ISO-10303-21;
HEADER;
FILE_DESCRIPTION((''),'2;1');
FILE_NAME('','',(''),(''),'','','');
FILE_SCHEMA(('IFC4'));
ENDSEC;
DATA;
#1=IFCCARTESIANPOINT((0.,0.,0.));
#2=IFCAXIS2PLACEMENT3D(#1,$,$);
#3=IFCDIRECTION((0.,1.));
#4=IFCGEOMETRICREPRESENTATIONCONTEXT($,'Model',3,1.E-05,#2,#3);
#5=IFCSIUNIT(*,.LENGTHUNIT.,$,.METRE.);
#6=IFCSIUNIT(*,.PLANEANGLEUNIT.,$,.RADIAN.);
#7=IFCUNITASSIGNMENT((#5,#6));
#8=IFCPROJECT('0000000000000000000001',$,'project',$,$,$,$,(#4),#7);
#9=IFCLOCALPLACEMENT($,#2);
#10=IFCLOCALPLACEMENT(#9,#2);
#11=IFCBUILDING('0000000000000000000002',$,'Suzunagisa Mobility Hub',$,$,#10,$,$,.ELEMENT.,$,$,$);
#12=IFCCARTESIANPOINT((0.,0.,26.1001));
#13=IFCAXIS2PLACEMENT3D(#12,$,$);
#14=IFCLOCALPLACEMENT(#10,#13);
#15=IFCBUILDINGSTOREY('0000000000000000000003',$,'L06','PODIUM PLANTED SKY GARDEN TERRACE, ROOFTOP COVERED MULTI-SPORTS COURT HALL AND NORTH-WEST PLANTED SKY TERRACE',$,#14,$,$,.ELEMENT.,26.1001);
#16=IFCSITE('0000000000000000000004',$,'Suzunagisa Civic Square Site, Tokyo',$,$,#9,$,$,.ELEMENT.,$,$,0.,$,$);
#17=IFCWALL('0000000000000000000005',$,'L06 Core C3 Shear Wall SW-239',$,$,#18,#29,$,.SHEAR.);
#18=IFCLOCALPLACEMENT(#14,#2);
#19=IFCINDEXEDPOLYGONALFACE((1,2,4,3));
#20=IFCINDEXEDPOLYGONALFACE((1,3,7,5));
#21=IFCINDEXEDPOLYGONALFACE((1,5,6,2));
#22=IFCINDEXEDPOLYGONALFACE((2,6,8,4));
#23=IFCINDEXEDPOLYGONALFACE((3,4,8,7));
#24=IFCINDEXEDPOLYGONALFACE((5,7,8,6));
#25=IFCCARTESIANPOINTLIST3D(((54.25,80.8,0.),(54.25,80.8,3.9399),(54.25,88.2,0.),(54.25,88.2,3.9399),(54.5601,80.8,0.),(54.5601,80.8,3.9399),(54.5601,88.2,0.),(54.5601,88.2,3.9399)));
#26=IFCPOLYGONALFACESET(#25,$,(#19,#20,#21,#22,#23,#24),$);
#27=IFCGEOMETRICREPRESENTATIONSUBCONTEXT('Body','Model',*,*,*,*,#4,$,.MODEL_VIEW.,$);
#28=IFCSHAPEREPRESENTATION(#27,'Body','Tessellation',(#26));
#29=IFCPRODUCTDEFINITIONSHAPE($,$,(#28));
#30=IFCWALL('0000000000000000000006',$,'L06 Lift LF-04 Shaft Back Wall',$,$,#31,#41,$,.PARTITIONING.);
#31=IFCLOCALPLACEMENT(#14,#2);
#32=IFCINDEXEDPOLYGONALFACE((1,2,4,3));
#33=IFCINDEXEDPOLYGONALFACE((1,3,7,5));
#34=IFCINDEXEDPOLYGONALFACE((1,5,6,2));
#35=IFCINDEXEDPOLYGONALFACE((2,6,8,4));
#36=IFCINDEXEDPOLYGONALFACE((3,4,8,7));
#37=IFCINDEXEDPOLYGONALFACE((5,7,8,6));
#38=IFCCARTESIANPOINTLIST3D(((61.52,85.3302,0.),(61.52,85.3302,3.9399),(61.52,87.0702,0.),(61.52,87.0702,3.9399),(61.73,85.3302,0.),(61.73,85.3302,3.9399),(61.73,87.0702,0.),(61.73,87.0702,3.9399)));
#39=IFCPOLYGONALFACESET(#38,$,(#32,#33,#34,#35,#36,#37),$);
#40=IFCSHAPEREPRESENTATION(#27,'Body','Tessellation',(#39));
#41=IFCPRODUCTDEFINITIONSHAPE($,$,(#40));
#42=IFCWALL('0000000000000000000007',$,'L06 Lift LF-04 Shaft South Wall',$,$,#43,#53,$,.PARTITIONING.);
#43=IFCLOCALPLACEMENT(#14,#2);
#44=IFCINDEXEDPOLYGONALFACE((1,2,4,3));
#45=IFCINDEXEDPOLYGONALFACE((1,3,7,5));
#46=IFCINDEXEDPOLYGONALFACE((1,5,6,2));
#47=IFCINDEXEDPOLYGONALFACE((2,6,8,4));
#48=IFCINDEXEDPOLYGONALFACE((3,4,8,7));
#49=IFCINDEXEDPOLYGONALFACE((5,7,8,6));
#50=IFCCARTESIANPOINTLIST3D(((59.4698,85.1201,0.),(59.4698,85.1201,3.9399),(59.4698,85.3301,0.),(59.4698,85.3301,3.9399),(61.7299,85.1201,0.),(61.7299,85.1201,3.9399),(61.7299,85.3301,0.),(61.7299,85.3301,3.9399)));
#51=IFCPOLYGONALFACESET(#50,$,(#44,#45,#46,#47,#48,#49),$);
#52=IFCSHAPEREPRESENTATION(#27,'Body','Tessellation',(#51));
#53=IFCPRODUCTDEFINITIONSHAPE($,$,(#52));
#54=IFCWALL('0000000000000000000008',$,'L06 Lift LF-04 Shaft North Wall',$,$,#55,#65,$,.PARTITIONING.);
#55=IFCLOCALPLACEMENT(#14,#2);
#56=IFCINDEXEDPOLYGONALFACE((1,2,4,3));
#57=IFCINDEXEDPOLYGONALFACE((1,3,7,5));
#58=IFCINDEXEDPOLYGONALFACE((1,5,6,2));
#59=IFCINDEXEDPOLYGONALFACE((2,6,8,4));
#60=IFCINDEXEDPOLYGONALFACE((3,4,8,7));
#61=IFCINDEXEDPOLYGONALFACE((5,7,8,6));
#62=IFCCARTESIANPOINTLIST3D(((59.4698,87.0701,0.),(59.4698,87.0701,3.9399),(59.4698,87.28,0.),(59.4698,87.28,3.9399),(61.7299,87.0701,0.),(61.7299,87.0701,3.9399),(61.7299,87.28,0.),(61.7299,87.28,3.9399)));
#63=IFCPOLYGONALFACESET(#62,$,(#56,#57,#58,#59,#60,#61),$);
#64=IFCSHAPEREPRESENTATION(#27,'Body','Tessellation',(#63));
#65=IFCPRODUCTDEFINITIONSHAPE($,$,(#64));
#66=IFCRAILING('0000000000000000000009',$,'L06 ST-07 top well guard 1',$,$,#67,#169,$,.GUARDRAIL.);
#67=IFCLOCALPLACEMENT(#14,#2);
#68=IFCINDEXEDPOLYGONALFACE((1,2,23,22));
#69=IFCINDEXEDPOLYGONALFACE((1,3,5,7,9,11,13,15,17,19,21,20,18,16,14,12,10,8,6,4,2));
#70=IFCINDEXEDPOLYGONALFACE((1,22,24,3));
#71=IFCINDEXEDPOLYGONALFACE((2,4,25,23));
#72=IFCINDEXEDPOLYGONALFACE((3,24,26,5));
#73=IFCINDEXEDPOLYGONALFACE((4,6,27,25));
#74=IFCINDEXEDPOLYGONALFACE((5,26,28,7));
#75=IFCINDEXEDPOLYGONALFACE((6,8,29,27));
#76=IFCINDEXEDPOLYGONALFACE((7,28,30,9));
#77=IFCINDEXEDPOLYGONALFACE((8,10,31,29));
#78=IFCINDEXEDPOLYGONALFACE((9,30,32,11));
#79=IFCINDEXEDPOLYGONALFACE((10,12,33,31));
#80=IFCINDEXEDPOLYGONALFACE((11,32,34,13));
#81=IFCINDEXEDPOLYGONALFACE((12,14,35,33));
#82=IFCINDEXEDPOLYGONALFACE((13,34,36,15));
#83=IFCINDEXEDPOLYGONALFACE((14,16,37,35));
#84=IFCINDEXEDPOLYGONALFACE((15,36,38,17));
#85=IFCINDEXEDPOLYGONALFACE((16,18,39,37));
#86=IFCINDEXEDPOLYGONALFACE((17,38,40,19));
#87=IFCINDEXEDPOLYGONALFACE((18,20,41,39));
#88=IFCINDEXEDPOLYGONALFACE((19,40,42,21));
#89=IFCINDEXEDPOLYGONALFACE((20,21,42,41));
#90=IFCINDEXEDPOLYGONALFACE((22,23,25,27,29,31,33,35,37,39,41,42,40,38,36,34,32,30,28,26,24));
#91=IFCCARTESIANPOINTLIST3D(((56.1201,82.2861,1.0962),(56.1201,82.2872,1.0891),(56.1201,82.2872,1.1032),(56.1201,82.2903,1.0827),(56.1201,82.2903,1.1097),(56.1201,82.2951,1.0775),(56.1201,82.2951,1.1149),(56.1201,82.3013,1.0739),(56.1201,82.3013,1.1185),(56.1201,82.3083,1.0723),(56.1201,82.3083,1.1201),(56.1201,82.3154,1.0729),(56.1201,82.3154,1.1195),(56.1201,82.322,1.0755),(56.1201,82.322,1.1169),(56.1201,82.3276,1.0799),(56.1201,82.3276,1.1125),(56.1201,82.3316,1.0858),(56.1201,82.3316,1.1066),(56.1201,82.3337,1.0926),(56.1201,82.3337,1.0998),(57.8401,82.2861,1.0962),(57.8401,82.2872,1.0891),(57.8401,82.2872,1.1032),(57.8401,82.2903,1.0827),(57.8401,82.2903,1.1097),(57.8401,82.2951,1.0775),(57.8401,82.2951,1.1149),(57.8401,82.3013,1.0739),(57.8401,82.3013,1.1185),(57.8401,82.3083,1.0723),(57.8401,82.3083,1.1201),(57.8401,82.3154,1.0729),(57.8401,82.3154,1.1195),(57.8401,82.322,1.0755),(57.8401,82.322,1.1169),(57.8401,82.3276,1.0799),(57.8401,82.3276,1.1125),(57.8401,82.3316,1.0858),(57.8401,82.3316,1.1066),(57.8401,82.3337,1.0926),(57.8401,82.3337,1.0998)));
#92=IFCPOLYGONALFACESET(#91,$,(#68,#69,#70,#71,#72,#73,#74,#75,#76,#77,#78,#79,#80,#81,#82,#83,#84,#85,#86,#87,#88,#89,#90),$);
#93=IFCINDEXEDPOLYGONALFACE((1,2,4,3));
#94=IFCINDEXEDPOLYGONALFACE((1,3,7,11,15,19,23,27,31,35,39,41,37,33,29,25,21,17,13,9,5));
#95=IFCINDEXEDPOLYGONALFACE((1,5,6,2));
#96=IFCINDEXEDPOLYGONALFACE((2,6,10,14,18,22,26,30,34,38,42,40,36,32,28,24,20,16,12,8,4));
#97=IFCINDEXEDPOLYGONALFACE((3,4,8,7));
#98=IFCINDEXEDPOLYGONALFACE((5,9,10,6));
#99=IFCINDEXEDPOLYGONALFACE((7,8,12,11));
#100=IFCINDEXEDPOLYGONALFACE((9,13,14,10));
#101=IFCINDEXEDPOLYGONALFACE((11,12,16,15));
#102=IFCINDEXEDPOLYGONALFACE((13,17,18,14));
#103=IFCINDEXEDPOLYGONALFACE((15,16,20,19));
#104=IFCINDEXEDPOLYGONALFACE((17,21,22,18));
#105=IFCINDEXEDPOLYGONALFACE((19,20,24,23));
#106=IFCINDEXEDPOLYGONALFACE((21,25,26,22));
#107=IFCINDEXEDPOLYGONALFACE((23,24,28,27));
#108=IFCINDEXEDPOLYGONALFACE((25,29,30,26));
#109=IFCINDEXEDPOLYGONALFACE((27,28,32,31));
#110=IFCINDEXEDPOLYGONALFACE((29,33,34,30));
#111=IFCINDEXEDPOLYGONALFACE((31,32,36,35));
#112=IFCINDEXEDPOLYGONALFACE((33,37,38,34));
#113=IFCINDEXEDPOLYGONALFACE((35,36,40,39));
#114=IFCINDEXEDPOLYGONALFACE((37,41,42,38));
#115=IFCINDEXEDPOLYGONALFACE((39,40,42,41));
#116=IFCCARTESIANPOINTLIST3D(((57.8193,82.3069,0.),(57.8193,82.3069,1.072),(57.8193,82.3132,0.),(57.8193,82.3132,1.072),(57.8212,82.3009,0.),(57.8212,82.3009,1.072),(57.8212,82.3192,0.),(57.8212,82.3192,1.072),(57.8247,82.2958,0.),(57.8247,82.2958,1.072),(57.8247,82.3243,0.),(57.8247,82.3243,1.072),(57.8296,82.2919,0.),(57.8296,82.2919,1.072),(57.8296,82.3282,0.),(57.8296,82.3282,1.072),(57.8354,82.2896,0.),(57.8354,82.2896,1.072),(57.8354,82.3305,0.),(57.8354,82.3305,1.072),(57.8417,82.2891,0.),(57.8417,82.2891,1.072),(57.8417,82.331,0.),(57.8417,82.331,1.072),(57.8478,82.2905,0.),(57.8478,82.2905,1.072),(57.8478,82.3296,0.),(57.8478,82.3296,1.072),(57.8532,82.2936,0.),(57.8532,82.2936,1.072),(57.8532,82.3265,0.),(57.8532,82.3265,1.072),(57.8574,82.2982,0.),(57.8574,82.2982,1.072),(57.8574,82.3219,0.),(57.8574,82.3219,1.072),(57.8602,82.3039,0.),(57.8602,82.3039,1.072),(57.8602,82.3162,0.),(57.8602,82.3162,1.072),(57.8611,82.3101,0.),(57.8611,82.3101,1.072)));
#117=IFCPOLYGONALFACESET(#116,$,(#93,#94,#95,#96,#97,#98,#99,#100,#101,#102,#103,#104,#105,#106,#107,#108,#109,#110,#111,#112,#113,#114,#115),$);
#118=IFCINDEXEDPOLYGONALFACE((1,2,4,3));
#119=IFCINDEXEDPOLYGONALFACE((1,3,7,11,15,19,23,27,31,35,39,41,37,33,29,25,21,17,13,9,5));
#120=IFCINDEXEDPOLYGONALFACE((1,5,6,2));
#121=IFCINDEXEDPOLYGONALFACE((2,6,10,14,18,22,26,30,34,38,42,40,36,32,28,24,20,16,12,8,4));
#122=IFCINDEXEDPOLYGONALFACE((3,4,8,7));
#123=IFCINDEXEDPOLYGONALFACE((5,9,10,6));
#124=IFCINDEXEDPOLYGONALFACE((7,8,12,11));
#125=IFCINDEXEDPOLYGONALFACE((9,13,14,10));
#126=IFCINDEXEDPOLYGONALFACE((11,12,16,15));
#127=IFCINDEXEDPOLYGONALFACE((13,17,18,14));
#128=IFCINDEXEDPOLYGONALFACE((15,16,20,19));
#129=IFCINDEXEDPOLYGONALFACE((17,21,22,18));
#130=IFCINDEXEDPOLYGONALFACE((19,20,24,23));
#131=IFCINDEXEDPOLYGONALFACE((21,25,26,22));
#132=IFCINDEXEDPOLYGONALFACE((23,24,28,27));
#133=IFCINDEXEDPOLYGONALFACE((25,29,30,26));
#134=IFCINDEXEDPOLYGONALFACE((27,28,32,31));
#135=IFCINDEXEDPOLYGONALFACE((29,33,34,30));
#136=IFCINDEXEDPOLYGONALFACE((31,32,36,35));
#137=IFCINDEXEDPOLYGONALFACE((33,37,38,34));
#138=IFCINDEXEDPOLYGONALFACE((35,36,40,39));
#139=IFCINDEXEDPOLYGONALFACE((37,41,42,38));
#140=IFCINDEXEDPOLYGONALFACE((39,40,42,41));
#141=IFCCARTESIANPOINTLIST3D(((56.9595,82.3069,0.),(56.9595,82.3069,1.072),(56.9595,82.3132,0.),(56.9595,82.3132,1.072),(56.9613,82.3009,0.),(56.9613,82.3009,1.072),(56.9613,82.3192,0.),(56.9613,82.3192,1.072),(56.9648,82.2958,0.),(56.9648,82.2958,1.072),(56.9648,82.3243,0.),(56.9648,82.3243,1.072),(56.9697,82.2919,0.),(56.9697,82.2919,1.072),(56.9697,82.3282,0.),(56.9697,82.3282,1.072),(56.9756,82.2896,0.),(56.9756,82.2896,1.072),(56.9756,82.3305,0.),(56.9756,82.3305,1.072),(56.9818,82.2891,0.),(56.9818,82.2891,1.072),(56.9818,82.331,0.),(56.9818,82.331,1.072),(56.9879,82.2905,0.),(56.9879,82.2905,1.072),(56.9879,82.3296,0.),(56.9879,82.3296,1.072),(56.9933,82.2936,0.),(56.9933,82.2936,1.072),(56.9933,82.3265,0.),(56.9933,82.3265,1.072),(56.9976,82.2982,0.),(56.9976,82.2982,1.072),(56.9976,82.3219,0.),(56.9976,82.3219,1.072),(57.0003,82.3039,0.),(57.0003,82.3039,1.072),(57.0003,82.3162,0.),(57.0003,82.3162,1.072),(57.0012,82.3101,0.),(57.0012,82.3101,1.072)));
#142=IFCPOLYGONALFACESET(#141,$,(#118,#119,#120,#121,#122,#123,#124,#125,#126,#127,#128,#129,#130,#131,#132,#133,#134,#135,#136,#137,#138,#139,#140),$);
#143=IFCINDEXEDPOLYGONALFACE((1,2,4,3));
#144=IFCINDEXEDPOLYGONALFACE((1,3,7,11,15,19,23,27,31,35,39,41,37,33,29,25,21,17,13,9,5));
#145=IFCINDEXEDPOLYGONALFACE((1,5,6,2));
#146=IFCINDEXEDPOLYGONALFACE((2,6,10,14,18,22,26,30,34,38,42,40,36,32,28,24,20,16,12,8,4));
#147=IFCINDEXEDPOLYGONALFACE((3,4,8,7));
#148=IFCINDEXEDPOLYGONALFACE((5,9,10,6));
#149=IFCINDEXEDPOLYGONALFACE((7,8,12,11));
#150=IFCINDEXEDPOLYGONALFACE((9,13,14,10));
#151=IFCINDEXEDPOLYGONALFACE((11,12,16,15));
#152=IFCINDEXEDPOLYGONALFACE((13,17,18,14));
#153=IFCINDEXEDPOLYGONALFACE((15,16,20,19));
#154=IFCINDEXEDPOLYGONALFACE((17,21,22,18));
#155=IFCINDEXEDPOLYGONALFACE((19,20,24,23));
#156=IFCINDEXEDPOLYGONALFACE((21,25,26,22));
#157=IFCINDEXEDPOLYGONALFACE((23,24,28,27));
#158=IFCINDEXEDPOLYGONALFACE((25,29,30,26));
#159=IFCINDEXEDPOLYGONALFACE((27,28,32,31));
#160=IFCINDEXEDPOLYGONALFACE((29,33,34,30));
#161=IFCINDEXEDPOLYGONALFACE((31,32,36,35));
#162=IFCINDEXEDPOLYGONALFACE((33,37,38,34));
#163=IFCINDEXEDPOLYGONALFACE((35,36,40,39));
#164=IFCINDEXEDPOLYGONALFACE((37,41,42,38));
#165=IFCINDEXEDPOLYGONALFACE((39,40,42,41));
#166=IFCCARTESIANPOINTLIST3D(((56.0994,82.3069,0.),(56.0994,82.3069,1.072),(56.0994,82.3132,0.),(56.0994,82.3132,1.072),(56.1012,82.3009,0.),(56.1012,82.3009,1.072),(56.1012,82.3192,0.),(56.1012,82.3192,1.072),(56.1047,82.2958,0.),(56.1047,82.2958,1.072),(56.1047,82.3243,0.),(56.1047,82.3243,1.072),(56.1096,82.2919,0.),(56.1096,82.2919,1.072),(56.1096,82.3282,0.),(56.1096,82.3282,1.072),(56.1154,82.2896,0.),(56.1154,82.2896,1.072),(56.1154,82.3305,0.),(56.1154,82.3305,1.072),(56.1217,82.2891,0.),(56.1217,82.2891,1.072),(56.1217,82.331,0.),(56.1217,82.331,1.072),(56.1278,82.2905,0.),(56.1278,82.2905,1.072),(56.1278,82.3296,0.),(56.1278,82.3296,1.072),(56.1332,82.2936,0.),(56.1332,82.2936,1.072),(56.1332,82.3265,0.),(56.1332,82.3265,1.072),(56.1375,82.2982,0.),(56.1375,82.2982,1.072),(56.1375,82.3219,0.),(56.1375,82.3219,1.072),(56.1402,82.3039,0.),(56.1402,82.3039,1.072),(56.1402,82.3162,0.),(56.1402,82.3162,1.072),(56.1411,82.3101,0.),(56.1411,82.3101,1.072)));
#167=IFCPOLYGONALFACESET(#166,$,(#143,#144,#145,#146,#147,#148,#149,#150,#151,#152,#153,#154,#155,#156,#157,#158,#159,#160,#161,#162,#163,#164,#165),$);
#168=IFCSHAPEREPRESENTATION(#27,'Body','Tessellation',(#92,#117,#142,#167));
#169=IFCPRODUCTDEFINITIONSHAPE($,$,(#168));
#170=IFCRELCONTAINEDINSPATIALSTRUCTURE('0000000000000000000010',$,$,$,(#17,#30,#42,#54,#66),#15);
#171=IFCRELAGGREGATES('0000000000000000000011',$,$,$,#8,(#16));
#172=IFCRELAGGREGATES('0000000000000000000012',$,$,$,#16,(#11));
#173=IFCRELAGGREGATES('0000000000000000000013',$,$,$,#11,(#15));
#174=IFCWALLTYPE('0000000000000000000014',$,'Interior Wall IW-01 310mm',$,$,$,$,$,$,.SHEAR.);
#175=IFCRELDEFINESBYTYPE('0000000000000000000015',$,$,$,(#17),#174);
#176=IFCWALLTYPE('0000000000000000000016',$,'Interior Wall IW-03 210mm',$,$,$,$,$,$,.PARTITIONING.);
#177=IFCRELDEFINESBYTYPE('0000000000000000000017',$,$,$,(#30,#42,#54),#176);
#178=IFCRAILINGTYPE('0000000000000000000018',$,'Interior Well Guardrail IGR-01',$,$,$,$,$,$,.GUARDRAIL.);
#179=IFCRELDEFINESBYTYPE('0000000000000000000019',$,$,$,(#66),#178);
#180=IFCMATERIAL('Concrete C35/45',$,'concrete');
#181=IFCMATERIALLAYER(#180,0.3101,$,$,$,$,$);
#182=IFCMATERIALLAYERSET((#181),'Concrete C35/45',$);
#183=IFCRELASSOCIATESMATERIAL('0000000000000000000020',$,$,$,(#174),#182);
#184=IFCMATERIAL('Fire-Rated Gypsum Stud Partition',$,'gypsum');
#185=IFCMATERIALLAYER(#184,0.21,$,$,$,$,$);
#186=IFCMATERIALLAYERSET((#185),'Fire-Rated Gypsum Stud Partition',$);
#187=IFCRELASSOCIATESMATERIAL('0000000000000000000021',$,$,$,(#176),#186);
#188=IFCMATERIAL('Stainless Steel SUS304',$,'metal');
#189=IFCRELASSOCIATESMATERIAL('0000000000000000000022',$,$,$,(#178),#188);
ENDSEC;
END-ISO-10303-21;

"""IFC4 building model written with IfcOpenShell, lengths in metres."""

from ifc_helpers import new_model, si_unit, direction, frame, frame_2d, origin, origin_2d, place, context, subcontext, project, spatial, rectangle, circle, extrude, material, layer, layer_set, type_object, element, save


model = new_model("IFC4")

# Units and contexts
model_context = context("Model", 3, precision=1e-05, world=origin(), true_north=direction((0.0, 1.0)))
body_context = subcontext(model_context, "Body", "Model", "MODEL_VIEW")
ifc_project = project(units=[si_unit("LENGTHUNIT", "METRE"), si_unit("PLANEANGLEUNIT", "RADIAN")], contexts=[model_context])

# Site, building, storey
site_placement = place(None, origin())
site = spatial("IfcSite", under=ifc_project, at=site_placement, Name="Suzunagisa Civic Square Site, Tokyo", CompositionType="ELEMENT", RefElevation=0.0)
building_placement = place(site_placement, origin())
building = spatial("IfcBuilding", under=site, at=building_placement, Name="Suzunagisa Mobility Hub", CompositionType="ELEMENT")
storey_placement = place(building_placement, frame((0.0, 0.0, 26.1001)))
storey = spatial("IfcBuildingStorey", under=building, at=storey_placement, Name="L06", Description="PODIUM PLANTED SKY GARDEN TERRACE, ROOFTOP COVERED MULTI-SPORTS COURT HALL AND NORTH-WEST PLANTED SKY TERRACE", CompositionType="ELEMENT", Elevation=26.1001)

# Wall
ifc_material_1 = material(Name="Concrete C35/45", Category="concrete")
ifc_layer_1 = layer(ifc_material_1, 0.3101)
ifc_layer_set_1 = layer_set([ifc_layer_1], Name="Concrete C35/45")
wall_type_1 = type_object("IfcWallType", Name="Interior Wall IW-01 310mm", PredefinedType="SHEAR", material=ifc_layer_set_1)
wall_1_placement = place(storey_placement, frame((54.405, 80.8, 0.0), z_axis=(0.0, 0.0, 1.0), x_axis=(0.0, 1.0, 0.0)))
element("IfcWall", 1, at=wall_1_placement, inside=storey, type_object=wall_type_1, Name="L06 Core C3 Shear Wall SW-239", PredefinedType="SHEAR", context=body_context, shape_type="SweptSolid", body=[
    extrude(rectangle(XDim=7.3999, YDim=0.3101, at=frame_2d((3.7, 0.0))), origin(), (0.0, 0.0, 1.0), 3.9399),
])

# Shared definitions
ifc_material_2 = material(Name="Fire-Rated Gypsum Stud Partition", Category="gypsum")
ifc_layer_2 = layer(ifc_material_2, 0.21)
ifc_layer_set_2 = layer_set([ifc_layer_2], Name="Fire-Rated Gypsum Stud Partition")
wall_type_2 = type_object("IfcWallType", Name="Interior Wall IW-03 210mm", PredefinedType="PARTITIONING", material=ifc_layer_set_2)

# Walls
wall_2_placement = place(storey_placement, frame((61.625, 85.3301, 0.0), z_axis=(0.0, 0.0, 1.0), x_axis=(0.0, 1.0, 0.0)))
element("IfcWall", 2, at=wall_2_placement, inside=storey, type_object=wall_type_2, Name="L06 Lift LF-04 Shaft Back Wall", PredefinedType="PARTITIONING", context=body_context, shape_type="SweptSolid", body=[
    extrude(rectangle(XDim=1.74, YDim=0.21, at=frame_2d((0.8701, 0.0))), origin(), (0.0, 0.0, 1.0), 3.9399),
])
for number, where, z_axis, x_axis, name in (
    (3, (59.47, 85.2251, 0.0), (0.0, 0.0, 1.0), (1.0, 0.0, 0.0), "L06 Lift LF-04 Shaft South Wall"),
    (4, (59.47, 87.175, 0.0), (0.0, 0.0, 1.0), (1.0, 0.0, 0.0), "L06 Lift LF-04 Shaft North Wall"),
):
    element("IfcWall", number, at=place(storey_placement, frame(where, z_axis=z_axis, x_axis=x_axis)), inside=storey, type_object=wall_type_2, Name=name, PredefinedType="PARTITIONING", context=body_context, shape_type="SweptSolid", body=[
        extrude(rectangle(XDim=2.26, YDim=0.21, at=frame_2d((1.1299, 0.0))), origin(), (0.0, 0.0, 1.0), 3.9399),
    ])

# Railing
ifc_material_3 = material(Name="Stainless Steel SUS304", Category="metal")
railing_type_1 = type_object("IfcRailingType", Name="Interior Well Guardrail IGR-01", PredefinedType="GUARDRAIL", material=ifc_material_3)
railing_1_placement = place(storey_placement, frame((57.8401, 82.3101, 0.0)))
element("IfcRailing", 5, at=railing_1_placement, inside=storey, type_object=railing_type_1, Name="L06 ST-07 top well guard 1", PredefinedType="GUARDRAIL", context=body_context, shape_type="SweptSolid", body=[
    extrude(circle(Radius=0.0239, at=origin_2d()), frame((0.0, 0.0, 1.0962), z_axis=(-1.0, 0.0, 0.0), x_axis=(0.0, -1.0, 0.0)), (0.0, 0.0, 1.0), 1.72),
    extrude(circle(Radius=0.021, at=origin_2d()), origin(), (0.0, 0.0, 1.0), 1.072),
    extrude(circle(Radius=0.021, at=origin_2d()), frame((-0.8599, 0.0, 0.0)), (0.0, 0.0, 1.0), 1.072),
    extrude(circle(Radius=0.021, at=origin_2d()), frame((-1.72, 0.0, 0.0)), (0.0, 0.0, 1.0), 1.072),
])

save(model, "model.ifc")
